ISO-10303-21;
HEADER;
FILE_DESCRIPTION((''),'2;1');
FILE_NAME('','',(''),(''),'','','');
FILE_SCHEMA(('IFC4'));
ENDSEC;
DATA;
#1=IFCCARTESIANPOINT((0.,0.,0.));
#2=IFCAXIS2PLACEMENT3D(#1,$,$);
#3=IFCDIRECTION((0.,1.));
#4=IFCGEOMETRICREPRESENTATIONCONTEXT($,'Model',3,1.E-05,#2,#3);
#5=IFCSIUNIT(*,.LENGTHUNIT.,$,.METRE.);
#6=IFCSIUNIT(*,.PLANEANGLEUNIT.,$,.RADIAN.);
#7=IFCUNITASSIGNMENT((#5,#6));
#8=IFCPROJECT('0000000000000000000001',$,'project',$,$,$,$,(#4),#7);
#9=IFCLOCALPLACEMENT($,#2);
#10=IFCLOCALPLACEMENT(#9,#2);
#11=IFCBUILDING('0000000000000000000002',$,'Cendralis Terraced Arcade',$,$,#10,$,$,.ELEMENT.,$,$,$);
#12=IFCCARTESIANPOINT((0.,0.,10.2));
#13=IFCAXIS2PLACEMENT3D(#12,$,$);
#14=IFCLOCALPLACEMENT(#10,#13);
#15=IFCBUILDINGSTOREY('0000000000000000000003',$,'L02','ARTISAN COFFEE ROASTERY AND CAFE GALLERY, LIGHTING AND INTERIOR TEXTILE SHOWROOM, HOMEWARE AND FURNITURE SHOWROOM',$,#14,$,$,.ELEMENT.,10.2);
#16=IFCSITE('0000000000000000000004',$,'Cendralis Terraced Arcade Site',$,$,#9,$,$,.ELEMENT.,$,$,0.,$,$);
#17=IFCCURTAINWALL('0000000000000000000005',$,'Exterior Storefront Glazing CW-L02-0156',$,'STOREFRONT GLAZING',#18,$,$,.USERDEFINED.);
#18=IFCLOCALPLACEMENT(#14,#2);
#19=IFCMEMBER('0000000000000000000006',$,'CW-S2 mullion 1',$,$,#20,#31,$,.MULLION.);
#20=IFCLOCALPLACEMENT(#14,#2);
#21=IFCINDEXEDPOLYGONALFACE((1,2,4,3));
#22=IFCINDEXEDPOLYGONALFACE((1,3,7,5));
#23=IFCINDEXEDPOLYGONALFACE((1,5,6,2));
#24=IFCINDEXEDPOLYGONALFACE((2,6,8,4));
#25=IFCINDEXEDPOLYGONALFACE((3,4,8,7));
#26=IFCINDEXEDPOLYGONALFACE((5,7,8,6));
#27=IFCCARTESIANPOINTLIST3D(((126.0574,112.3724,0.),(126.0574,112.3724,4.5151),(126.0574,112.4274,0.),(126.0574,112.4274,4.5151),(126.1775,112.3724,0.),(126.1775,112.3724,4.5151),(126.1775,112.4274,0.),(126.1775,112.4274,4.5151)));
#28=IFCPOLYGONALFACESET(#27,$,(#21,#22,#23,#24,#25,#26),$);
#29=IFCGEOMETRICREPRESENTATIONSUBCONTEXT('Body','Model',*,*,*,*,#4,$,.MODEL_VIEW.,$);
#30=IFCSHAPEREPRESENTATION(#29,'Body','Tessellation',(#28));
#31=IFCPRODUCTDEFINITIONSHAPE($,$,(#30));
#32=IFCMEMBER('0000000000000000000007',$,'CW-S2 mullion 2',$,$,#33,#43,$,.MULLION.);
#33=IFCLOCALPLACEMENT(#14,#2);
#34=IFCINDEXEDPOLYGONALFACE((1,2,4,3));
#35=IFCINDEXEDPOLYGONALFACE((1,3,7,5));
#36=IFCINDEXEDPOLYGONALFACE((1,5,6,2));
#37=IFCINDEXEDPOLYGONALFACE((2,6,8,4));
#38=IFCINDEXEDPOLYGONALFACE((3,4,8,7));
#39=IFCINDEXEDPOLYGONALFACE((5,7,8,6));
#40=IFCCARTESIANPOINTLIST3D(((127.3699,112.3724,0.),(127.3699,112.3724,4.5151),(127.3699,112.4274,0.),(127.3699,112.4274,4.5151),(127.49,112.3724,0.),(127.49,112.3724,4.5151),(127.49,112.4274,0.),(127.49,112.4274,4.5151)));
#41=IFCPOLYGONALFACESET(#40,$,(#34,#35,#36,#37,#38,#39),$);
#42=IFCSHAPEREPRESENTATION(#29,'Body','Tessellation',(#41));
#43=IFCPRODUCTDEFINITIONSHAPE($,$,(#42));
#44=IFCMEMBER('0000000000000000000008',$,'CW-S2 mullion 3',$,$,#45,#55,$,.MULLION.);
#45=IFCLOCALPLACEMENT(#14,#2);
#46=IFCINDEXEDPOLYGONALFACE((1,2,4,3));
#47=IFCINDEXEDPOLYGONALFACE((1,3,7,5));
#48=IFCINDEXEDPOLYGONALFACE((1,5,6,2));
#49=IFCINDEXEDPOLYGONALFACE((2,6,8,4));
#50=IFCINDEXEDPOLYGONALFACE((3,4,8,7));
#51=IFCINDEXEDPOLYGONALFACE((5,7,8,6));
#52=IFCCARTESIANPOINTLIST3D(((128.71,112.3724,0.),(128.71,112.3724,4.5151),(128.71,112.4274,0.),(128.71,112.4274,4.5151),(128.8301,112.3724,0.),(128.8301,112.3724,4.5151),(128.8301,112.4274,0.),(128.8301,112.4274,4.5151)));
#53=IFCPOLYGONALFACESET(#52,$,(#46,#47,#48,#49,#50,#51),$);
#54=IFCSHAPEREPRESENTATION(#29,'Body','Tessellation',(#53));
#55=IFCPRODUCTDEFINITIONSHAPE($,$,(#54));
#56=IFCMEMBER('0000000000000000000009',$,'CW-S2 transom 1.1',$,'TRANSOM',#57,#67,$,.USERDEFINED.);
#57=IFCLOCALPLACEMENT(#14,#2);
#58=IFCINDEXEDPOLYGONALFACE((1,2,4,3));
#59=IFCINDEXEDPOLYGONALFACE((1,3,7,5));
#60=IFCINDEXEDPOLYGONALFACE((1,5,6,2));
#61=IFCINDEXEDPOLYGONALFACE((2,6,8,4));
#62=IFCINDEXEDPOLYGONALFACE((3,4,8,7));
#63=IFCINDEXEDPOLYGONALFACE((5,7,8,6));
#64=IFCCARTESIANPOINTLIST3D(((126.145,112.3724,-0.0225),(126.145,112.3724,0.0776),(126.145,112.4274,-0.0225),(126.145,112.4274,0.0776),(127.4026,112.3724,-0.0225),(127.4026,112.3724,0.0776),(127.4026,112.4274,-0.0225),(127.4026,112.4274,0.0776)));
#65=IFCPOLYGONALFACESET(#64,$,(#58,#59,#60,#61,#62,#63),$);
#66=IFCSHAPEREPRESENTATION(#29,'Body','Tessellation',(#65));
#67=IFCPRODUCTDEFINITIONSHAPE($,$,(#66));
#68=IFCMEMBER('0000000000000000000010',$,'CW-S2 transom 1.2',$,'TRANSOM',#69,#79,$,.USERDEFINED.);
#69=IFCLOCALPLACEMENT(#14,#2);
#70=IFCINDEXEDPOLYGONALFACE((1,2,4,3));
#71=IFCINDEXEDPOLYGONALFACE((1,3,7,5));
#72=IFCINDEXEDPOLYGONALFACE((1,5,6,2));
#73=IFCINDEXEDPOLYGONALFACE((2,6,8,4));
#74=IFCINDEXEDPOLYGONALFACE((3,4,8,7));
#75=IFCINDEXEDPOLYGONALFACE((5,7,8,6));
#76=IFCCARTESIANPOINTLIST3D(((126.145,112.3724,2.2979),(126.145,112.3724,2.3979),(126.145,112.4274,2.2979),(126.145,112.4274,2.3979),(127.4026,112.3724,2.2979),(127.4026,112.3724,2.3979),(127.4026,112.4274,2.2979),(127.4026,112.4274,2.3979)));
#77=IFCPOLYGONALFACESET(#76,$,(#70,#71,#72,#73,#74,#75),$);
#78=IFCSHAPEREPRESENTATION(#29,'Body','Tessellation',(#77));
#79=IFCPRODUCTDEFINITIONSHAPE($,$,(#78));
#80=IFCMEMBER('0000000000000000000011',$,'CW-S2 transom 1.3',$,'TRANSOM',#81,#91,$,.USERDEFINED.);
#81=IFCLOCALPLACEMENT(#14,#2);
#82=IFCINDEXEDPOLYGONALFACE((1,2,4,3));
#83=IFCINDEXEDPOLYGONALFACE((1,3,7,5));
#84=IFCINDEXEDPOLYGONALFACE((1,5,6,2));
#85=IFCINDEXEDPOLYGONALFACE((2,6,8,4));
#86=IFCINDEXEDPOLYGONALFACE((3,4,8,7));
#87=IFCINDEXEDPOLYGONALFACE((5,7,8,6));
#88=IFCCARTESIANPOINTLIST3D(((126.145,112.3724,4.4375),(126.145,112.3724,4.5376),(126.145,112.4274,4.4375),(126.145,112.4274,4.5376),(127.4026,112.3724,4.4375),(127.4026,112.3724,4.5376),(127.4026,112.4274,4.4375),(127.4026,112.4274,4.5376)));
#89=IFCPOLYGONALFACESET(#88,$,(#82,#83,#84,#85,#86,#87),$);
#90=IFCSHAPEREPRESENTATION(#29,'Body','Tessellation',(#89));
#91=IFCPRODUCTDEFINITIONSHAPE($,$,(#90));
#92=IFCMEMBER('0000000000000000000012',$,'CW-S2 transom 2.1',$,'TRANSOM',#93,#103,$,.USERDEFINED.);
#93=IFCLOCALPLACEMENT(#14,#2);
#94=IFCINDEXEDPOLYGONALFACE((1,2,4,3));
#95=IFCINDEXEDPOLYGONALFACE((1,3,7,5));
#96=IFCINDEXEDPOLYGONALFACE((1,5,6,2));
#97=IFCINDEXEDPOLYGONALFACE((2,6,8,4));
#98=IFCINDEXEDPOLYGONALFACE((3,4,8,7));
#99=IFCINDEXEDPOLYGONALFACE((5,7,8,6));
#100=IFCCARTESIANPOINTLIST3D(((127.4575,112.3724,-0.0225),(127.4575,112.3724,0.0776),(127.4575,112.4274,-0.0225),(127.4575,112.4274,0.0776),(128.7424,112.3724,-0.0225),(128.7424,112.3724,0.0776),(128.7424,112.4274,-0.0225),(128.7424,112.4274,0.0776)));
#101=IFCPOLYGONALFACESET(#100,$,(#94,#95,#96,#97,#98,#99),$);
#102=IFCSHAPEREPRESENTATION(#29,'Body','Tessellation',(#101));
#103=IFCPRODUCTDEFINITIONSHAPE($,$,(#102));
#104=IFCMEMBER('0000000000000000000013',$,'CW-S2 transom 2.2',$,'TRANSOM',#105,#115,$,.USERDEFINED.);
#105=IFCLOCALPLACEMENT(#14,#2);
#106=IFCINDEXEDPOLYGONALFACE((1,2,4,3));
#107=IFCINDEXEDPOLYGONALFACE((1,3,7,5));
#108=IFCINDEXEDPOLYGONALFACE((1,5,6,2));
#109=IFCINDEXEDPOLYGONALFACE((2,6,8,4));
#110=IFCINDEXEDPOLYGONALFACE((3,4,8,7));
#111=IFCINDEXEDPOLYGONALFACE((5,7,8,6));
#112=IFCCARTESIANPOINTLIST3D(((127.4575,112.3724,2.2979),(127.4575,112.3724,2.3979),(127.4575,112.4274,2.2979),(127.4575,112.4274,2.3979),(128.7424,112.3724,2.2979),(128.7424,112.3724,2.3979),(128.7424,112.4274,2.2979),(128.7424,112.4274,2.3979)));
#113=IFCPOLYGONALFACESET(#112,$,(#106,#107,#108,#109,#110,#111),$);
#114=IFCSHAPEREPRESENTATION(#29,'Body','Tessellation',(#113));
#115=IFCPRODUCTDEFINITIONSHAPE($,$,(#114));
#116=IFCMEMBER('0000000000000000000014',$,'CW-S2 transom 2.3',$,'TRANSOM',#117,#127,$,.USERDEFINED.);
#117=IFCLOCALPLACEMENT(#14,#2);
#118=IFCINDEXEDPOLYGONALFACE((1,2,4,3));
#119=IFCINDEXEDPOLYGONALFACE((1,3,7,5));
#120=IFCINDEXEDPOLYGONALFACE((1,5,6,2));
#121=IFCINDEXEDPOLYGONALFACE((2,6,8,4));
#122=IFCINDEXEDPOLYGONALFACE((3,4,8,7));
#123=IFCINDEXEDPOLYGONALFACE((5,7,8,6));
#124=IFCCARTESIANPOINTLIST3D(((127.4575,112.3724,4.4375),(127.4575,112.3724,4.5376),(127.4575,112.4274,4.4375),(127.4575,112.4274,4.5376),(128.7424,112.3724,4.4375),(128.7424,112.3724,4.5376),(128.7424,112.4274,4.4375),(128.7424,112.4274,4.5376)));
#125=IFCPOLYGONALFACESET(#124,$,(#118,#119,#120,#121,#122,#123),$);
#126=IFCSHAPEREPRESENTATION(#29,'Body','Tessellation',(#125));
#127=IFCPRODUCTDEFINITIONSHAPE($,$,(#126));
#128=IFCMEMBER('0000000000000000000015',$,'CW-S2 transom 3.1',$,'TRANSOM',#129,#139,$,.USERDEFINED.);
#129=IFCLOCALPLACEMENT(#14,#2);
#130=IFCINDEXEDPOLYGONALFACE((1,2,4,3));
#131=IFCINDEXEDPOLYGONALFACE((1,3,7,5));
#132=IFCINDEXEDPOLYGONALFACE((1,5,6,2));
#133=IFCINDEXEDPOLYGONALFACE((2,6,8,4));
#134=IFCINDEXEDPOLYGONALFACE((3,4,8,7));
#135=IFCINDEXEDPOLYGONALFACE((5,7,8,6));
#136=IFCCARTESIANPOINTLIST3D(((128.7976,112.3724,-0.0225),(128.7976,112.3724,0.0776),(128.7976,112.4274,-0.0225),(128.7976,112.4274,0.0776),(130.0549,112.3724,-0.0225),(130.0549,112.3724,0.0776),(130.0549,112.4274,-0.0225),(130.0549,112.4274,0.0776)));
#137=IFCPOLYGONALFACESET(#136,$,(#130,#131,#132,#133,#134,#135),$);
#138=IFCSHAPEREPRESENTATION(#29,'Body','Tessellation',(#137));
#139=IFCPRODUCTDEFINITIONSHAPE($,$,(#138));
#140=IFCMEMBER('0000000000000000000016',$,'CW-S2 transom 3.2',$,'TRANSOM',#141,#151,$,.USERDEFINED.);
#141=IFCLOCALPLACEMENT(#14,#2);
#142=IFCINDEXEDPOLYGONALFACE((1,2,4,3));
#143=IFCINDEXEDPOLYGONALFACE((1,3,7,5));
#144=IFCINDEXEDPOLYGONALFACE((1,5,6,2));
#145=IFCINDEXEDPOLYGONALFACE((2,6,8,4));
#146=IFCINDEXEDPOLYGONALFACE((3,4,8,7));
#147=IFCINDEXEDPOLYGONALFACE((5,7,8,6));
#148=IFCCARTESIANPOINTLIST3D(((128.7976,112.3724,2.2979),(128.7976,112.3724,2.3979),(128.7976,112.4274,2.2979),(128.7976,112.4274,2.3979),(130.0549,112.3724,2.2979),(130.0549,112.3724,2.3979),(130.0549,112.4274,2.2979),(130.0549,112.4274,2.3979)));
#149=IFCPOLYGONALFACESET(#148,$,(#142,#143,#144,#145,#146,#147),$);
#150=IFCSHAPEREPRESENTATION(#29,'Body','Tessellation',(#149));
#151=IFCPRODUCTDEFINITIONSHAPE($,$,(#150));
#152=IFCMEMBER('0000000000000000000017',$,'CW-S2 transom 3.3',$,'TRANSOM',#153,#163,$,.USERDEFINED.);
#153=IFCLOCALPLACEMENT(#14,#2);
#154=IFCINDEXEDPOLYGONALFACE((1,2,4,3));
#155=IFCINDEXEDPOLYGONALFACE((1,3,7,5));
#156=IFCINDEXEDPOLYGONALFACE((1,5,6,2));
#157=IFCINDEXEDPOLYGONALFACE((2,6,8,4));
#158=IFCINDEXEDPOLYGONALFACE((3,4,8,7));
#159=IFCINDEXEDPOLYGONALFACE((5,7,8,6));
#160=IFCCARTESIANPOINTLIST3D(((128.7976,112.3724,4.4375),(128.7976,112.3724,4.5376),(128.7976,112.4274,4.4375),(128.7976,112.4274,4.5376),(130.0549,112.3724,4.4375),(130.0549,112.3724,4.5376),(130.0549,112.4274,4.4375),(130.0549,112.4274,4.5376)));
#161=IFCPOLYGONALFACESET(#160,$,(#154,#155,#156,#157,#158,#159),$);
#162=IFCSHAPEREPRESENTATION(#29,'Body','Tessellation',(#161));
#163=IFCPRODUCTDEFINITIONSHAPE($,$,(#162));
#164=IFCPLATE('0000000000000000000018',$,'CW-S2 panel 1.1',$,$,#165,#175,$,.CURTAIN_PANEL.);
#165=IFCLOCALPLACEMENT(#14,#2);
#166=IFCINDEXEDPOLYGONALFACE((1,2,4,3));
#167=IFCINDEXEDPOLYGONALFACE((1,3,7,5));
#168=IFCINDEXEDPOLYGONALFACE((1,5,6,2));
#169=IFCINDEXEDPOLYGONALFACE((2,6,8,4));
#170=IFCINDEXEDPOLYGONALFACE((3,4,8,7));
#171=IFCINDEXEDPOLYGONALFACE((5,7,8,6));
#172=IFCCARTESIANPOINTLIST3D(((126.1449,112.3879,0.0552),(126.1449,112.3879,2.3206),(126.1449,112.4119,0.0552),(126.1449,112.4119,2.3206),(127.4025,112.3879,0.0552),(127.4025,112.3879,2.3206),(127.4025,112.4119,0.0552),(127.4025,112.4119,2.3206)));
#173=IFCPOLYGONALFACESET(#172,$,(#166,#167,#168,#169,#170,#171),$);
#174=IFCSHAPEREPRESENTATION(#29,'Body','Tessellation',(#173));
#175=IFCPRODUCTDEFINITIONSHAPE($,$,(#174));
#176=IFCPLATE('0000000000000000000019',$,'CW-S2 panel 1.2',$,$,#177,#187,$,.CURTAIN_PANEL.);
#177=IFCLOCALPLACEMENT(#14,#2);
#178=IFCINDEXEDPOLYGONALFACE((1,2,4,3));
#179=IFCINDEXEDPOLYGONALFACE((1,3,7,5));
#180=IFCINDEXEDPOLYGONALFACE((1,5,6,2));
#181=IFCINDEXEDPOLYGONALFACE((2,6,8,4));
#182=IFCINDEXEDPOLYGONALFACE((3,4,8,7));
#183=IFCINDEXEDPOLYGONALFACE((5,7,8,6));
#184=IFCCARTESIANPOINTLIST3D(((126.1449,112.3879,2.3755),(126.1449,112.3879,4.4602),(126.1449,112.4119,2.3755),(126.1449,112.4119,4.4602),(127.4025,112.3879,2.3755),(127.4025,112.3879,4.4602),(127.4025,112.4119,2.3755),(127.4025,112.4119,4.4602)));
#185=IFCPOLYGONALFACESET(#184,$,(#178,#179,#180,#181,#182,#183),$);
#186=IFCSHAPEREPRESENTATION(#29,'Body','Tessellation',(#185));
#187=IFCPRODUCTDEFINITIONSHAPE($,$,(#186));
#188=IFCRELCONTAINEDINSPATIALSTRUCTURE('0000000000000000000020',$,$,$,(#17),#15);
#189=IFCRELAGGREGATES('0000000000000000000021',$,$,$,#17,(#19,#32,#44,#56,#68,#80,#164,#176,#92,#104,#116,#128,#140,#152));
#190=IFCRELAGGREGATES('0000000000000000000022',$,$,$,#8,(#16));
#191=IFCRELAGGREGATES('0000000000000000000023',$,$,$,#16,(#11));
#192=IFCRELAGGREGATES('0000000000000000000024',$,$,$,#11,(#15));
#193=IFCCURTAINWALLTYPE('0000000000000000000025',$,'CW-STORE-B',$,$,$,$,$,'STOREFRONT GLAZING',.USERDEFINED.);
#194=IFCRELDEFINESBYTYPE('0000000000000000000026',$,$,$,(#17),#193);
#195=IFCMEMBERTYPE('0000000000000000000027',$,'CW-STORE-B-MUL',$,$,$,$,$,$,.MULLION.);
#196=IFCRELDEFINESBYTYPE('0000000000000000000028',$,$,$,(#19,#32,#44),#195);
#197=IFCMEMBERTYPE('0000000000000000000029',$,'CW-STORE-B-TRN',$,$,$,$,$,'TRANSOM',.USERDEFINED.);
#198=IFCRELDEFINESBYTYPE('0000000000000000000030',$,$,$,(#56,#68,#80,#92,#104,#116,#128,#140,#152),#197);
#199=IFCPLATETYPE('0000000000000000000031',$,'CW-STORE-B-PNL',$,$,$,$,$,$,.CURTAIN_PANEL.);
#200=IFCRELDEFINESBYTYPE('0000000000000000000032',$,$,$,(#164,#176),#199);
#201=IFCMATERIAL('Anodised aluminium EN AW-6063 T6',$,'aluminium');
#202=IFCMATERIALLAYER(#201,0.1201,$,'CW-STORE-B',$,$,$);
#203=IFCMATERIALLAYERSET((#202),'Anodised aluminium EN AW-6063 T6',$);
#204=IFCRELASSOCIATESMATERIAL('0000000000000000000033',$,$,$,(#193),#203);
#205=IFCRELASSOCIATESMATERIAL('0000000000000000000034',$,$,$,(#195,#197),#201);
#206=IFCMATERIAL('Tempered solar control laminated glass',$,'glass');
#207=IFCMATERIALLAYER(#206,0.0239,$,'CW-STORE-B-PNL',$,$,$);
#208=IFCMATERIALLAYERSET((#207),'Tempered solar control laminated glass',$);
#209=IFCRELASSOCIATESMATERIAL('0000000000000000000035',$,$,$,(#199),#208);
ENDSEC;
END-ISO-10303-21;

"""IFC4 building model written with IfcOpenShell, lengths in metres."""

from ifc_helpers import new_model, si_unit, direction, frame, origin, origin_2d, place, context, subcontext, project, spatial, rectangle, extrude, material, layer, layer_set, material_profile, profile_set, type_object, element, aggregate, save


model = new_model("IFC4")

# Units and contexts
model_context = context("Model", 3, precision=1e-05, world=origin(), true_north=direction((0.0, 1.0)))
body_context = subcontext(model_context, "Body", "Model", "MODEL_VIEW")
ifc_project = project(units=[si_unit("LENGTHUNIT", "METRE"), si_unit("PLANEANGLEUNIT", "RADIAN")], contexts=[model_context])

# Site, building, storey
site_placement = place(None, origin())
site = spatial("IfcSite", under=ifc_project, at=site_placement, Name="Cendralis Terraced Arcade Site", CompositionType="ELEMENT", RefElevation=0.0)
building_placement = place(site_placement, origin())
building = spatial("IfcBuilding", under=site, at=building_placement, Name="Cendralis Terraced Arcade", CompositionType="ELEMENT")
storey_placement = place(building_placement, frame((0.0, 0.0, 10.2)))
storey = spatial("IfcBuildingStorey", under=building, at=storey_placement, Name="L02", Description="ARTISAN COFFEE ROASTERY AND CAFE GALLERY, LIGHTING AND INTERIOR TEXTILE SHOWROOM, HOMEWARE AND FURNITURE SHOWROOM", CompositionType="ELEMENT", Elevation=10.2)

# Curtain wall, members, plates
ifc_material_1 = material(Name="Anodised aluminium EN AW-6063 T6", Category="aluminium")
ifc_layer_1 = layer(ifc_material_1, 0.1201, Name="CW-STORE-B")
ifc_layer_set_1 = layer_set([ifc_layer_1], Name="Anodised aluminium EN AW-6063 T6")
curtain_wall_type = type_object("IfcCurtainWallType", Name="CW-STORE-B", ElementType="STOREFRONT GLAZING", PredefinedType="USERDEFINED", material=ifc_layer_set_1)
curtain_wall_placement = place(storey_placement, origin())
curtain_wall = element("IfcCurtainWall", 1, at=curtain_wall_placement, inside=storey, type_object=curtain_wall_type, Name="Exterior Storefront Glazing CW-L02-0156", ObjectType="STOREFRONT GLAZING", PredefinedType="USERDEFINED")
ifc_material_profile_1 = material_profile(ifc_material_1, rectangle(XDim=0.0549, YDim=0.1201, at=origin_2d()), Name="ALU-MUL-55x120")
ifc_profile_set_1 = profile_set([ifc_material_profile_1], Name="Anodised aluminium EN AW-6063 T6")
member_type_1 = type_object("IfcMemberType", Name="CW-STORE-B-MUL", PredefinedType="MULLION", material=ifc_profile_set_1)
member_1_placement = place(storey_placement, frame((126.1174, 112.3999, 0.0), z_axis=(0.0, 0.0, 1.0), x_axis=(0.0, 1.0, 0.0)))
member_1 = element("IfcMember", 2, at=member_1_placement, type_object=member_type_1, Name="CW-S2 mullion 1", PredefinedType="MULLION", context=body_context, shape_type="SweptSolid", body=[
    extrude(rectangle(XDim=0.0549, YDim=0.1201, at=origin_2d()), origin(), (0.0, 0.0, 1.0), 4.5151),
])
member_2_placement = place(storey_placement, frame((127.4299, 112.3999, 0.0), z_axis=(0.0, 0.0, 1.0), x_axis=(0.0, 1.0, 0.0)))
member_2 = element("IfcMember", 3, at=member_2_placement, type_object=member_type_1, Name="CW-S2 mullion 2", PredefinedType="MULLION", context=body_context, shape_type="SweptSolid", body=[
    extrude(rectangle(XDim=0.0549, YDim=0.1201, at=origin_2d()), origin(), (0.0, 0.0, 1.0), 4.5151),
])
member_3_placement = place(storey_placement, frame((128.77, 112.3999, 0.0), z_axis=(0.0, 0.0, 1.0), x_axis=(0.0, 1.0, 0.0)))
member_3 = element("IfcMember", 4, at=member_3_placement, type_object=member_type_1, Name="CW-S2 mullion 3", PredefinedType="MULLION", context=body_context, shape_type="SweptSolid", body=[
    extrude(rectangle(XDim=0.0549, YDim=0.1201, at=origin_2d()), origin(), (0.0, 0.0, 1.0), 4.5151),
])
ifc_material_profile_2 = material_profile(ifc_material_1, rectangle(XDim=0.0549, YDim=0.1001, at=origin_2d()), Name="ALU-TRN-55x100")
ifc_profile_set_2 = profile_set([ifc_material_profile_2], Name="Anodised aluminium EN AW-6063 T6")
member_type_2 = type_object("IfcMemberType", Name="CW-STORE-B-TRN", ElementType="TRANSOM", PredefinedType="USERDEFINED", material=ifc_profile_set_2)
member_4_placement = place(storey_placement, frame((126.145, 112.3999, 0.0276), z_axis=(1.0, 0.0, 0.0), x_axis=(0.0, 1.0, 0.0)))
member_4 = element("IfcMember", 5, at=member_4_placement, type_object=member_type_2, Name="CW-S2 transom 1.1", ObjectType="TRANSOM", PredefinedType="USERDEFINED", context=body_context, shape_type="SweptSolid", body=[
    extrude(rectangle(XDim=0.0549, YDim=0.1001, at=origin_2d()), origin(), (0.0, 0.0, 1.0), 1.2576),
])
member_5_placement = place(storey_placement, frame((126.145, 112.3999, 2.3479), z_axis=(1.0, 0.0, 0.0), x_axis=(0.0, 1.0, 0.0)))
member_5 = element("IfcMember", 6, at=member_5_placement, type_object=member_type_2, Name="CW-S2 transom 1.2", ObjectType="TRANSOM", PredefinedType="USERDEFINED", context=body_context, shape_type="SweptSolid", body=[
    extrude(rectangle(XDim=0.0549, YDim=0.1001, at=origin_2d()), origin(), (0.0, 0.0, 1.0), 1.2576),
])
member_6_placement = place(storey_placement, frame((126.145, 112.3999, 4.4875), z_axis=(1.0, 0.0, 0.0), x_axis=(0.0, 1.0, 0.0)))
member_6 = element("IfcMember", 7, at=member_6_placement, type_object=member_type_2, Name="CW-S2 transom 1.3", ObjectType="TRANSOM", PredefinedType="USERDEFINED", context=body_context, shape_type="SweptSolid", body=[
    extrude(rectangle(XDim=0.0549, YDim=0.1001, at=origin_2d()), origin(), (0.0, 0.0, 1.0), 1.2576),
])
member_7_placement = place(storey_placement, frame((127.4575, 112.3999, 0.0276), z_axis=(1.0, 0.0, 0.0), x_axis=(0.0, 1.0, 0.0)))
member_7 = element("IfcMember", 8, at=member_7_placement, type_object=member_type_2, Name="CW-S2 transom 2.1", ObjectType="TRANSOM", PredefinedType="USERDEFINED", context=body_context, shape_type="SweptSolid", body=[
    extrude(rectangle(XDim=0.0549, YDim=0.1001, at=origin_2d()), origin(), (0.0, 0.0, 1.0), 1.2849),
])
member_8_placement = place(storey_placement, frame((127.4575, 112.3999, 2.3479), z_axis=(1.0, 0.0, 0.0), x_axis=(0.0, 1.0, 0.0)))
member_8 = element("IfcMember", 9, at=member_8_placement, type_object=member_type_2, Name="CW-S2 transom 2.2", ObjectType="TRANSOM", PredefinedType="USERDEFINED", context=body_context, shape_type="SweptSolid", body=[
    extrude(rectangle(XDim=0.0549, YDim=0.1001, at=origin_2d()), origin(), (0.0, 0.0, 1.0), 1.2849),
])
member_9_placement = place(storey_placement, frame((127.4575, 112.3999, 4.4875), z_axis=(1.0, 0.0, 0.0), x_axis=(0.0, 1.0, 0.0)))
member_9 = element("IfcMember", 10, at=member_9_placement, type_object=member_type_2, Name="CW-S2 transom 2.3", ObjectType="TRANSOM", PredefinedType="USERDEFINED", context=body_context, shape_type="SweptSolid", body=[
    extrude(rectangle(XDim=0.0549, YDim=0.1001, at=origin_2d()), origin(), (0.0, 0.0, 1.0), 1.2849),
])
member_10_placement = place(storey_placement, frame((128.7976, 112.3999, 0.0276), z_axis=(1.0, 0.0, 0.0), x_axis=(0.0, 1.0, 0.0)))
member_10 = element("IfcMember", 11, at=member_10_placement, type_object=member_type_2, Name="CW-S2 transom 3.1", ObjectType="TRANSOM", PredefinedType="USERDEFINED", context=body_context, shape_type="SweptSolid", body=[
    extrude(rectangle(XDim=0.0549, YDim=0.1001, at=origin_2d()), origin(), (0.0, 0.0, 1.0), 1.2573),
])
member_11_placement = place(storey_placement, frame((128.7976, 112.3999, 2.3479), z_axis=(1.0, 0.0, 0.0), x_axis=(0.0, 1.0, 0.0)))
member_11 = element("IfcMember", 12, at=member_11_placement, type_object=member_type_2, Name="CW-S2 transom 3.2", ObjectType="TRANSOM", PredefinedType="USERDEFINED", context=body_context, shape_type="SweptSolid", body=[
    extrude(rectangle(XDim=0.0549, YDim=0.1001, at=origin_2d()), origin(), (0.0, 0.0, 1.0), 1.2573),
])
member_12_placement = place(storey_placement, frame((128.7976, 112.3999, 4.4875), z_axis=(1.0, 0.0, 0.0), x_axis=(0.0, 1.0, 0.0)))
member_12 = element("IfcMember", 13, at=member_12_placement, type_object=member_type_2, Name="CW-S2 transom 3.3", ObjectType="TRANSOM", PredefinedType="USERDEFINED", context=body_context, shape_type="SweptSolid", body=[
    extrude(rectangle(XDim=0.0549, YDim=0.1001, at=origin_2d()), origin(), (0.0, 0.0, 1.0), 1.2573),
])
ifc_material_2 = material(Name="Tempered solar control laminated glass", Category="glass")
ifc_layer_2 = layer(ifc_material_2, 0.0239, Name="CW-STORE-B-PNL")
ifc_layer_set_2 = layer_set([ifc_layer_2], Name="Tempered solar control laminated glass")
plate_type = type_object("IfcPlateType", Name="CW-STORE-B-PNL", PredefinedType="CURTAIN_PANEL", material=ifc_layer_set_2)
plate_1_placement = place(storey_placement, frame((126.7737, 112.3999, 0.0552), z_axis=(0.0, 0.0, 1.0), x_axis=(1.0, 0.0, 0.0)))
plate_1 = element("IfcPlate", 14, at=plate_1_placement, type_object=plate_type, Name="CW-S2 panel 1.1", PredefinedType="CURTAIN_PANEL", context=body_context, shape_type="SweptSolid", body=[
    extrude(rectangle(XDim=1.2576, YDim=0.0239, at=origin_2d()), origin(), (0.0, 0.0, 1.0), 2.2654),
])
plate_2_placement = place(storey_placement, frame((126.7737, 112.3999, 2.3755), z_axis=(0.0, 0.0, 1.0), x_axis=(1.0, 0.0, 0.0)))
plate_2 = element("IfcPlate", 15, at=plate_2_placement, type_object=plate_type, Name="CW-S2 panel 1.2", PredefinedType="CURTAIN_PANEL", context=body_context, shape_type="SweptSolid", body=[
    extrude(rectangle(XDim=1.2576, YDim=0.0239, at=origin_2d()), origin(), (0.0, 0.0, 1.0), 2.0847),
])
aggregate(curtain_wall, [member_1, member_2, member_3, member_4, member_5, member_6, plate_1, plate_2, member_7, member_8, member_9, member_10, member_11, member_12])

save(model, "model.ifc")
